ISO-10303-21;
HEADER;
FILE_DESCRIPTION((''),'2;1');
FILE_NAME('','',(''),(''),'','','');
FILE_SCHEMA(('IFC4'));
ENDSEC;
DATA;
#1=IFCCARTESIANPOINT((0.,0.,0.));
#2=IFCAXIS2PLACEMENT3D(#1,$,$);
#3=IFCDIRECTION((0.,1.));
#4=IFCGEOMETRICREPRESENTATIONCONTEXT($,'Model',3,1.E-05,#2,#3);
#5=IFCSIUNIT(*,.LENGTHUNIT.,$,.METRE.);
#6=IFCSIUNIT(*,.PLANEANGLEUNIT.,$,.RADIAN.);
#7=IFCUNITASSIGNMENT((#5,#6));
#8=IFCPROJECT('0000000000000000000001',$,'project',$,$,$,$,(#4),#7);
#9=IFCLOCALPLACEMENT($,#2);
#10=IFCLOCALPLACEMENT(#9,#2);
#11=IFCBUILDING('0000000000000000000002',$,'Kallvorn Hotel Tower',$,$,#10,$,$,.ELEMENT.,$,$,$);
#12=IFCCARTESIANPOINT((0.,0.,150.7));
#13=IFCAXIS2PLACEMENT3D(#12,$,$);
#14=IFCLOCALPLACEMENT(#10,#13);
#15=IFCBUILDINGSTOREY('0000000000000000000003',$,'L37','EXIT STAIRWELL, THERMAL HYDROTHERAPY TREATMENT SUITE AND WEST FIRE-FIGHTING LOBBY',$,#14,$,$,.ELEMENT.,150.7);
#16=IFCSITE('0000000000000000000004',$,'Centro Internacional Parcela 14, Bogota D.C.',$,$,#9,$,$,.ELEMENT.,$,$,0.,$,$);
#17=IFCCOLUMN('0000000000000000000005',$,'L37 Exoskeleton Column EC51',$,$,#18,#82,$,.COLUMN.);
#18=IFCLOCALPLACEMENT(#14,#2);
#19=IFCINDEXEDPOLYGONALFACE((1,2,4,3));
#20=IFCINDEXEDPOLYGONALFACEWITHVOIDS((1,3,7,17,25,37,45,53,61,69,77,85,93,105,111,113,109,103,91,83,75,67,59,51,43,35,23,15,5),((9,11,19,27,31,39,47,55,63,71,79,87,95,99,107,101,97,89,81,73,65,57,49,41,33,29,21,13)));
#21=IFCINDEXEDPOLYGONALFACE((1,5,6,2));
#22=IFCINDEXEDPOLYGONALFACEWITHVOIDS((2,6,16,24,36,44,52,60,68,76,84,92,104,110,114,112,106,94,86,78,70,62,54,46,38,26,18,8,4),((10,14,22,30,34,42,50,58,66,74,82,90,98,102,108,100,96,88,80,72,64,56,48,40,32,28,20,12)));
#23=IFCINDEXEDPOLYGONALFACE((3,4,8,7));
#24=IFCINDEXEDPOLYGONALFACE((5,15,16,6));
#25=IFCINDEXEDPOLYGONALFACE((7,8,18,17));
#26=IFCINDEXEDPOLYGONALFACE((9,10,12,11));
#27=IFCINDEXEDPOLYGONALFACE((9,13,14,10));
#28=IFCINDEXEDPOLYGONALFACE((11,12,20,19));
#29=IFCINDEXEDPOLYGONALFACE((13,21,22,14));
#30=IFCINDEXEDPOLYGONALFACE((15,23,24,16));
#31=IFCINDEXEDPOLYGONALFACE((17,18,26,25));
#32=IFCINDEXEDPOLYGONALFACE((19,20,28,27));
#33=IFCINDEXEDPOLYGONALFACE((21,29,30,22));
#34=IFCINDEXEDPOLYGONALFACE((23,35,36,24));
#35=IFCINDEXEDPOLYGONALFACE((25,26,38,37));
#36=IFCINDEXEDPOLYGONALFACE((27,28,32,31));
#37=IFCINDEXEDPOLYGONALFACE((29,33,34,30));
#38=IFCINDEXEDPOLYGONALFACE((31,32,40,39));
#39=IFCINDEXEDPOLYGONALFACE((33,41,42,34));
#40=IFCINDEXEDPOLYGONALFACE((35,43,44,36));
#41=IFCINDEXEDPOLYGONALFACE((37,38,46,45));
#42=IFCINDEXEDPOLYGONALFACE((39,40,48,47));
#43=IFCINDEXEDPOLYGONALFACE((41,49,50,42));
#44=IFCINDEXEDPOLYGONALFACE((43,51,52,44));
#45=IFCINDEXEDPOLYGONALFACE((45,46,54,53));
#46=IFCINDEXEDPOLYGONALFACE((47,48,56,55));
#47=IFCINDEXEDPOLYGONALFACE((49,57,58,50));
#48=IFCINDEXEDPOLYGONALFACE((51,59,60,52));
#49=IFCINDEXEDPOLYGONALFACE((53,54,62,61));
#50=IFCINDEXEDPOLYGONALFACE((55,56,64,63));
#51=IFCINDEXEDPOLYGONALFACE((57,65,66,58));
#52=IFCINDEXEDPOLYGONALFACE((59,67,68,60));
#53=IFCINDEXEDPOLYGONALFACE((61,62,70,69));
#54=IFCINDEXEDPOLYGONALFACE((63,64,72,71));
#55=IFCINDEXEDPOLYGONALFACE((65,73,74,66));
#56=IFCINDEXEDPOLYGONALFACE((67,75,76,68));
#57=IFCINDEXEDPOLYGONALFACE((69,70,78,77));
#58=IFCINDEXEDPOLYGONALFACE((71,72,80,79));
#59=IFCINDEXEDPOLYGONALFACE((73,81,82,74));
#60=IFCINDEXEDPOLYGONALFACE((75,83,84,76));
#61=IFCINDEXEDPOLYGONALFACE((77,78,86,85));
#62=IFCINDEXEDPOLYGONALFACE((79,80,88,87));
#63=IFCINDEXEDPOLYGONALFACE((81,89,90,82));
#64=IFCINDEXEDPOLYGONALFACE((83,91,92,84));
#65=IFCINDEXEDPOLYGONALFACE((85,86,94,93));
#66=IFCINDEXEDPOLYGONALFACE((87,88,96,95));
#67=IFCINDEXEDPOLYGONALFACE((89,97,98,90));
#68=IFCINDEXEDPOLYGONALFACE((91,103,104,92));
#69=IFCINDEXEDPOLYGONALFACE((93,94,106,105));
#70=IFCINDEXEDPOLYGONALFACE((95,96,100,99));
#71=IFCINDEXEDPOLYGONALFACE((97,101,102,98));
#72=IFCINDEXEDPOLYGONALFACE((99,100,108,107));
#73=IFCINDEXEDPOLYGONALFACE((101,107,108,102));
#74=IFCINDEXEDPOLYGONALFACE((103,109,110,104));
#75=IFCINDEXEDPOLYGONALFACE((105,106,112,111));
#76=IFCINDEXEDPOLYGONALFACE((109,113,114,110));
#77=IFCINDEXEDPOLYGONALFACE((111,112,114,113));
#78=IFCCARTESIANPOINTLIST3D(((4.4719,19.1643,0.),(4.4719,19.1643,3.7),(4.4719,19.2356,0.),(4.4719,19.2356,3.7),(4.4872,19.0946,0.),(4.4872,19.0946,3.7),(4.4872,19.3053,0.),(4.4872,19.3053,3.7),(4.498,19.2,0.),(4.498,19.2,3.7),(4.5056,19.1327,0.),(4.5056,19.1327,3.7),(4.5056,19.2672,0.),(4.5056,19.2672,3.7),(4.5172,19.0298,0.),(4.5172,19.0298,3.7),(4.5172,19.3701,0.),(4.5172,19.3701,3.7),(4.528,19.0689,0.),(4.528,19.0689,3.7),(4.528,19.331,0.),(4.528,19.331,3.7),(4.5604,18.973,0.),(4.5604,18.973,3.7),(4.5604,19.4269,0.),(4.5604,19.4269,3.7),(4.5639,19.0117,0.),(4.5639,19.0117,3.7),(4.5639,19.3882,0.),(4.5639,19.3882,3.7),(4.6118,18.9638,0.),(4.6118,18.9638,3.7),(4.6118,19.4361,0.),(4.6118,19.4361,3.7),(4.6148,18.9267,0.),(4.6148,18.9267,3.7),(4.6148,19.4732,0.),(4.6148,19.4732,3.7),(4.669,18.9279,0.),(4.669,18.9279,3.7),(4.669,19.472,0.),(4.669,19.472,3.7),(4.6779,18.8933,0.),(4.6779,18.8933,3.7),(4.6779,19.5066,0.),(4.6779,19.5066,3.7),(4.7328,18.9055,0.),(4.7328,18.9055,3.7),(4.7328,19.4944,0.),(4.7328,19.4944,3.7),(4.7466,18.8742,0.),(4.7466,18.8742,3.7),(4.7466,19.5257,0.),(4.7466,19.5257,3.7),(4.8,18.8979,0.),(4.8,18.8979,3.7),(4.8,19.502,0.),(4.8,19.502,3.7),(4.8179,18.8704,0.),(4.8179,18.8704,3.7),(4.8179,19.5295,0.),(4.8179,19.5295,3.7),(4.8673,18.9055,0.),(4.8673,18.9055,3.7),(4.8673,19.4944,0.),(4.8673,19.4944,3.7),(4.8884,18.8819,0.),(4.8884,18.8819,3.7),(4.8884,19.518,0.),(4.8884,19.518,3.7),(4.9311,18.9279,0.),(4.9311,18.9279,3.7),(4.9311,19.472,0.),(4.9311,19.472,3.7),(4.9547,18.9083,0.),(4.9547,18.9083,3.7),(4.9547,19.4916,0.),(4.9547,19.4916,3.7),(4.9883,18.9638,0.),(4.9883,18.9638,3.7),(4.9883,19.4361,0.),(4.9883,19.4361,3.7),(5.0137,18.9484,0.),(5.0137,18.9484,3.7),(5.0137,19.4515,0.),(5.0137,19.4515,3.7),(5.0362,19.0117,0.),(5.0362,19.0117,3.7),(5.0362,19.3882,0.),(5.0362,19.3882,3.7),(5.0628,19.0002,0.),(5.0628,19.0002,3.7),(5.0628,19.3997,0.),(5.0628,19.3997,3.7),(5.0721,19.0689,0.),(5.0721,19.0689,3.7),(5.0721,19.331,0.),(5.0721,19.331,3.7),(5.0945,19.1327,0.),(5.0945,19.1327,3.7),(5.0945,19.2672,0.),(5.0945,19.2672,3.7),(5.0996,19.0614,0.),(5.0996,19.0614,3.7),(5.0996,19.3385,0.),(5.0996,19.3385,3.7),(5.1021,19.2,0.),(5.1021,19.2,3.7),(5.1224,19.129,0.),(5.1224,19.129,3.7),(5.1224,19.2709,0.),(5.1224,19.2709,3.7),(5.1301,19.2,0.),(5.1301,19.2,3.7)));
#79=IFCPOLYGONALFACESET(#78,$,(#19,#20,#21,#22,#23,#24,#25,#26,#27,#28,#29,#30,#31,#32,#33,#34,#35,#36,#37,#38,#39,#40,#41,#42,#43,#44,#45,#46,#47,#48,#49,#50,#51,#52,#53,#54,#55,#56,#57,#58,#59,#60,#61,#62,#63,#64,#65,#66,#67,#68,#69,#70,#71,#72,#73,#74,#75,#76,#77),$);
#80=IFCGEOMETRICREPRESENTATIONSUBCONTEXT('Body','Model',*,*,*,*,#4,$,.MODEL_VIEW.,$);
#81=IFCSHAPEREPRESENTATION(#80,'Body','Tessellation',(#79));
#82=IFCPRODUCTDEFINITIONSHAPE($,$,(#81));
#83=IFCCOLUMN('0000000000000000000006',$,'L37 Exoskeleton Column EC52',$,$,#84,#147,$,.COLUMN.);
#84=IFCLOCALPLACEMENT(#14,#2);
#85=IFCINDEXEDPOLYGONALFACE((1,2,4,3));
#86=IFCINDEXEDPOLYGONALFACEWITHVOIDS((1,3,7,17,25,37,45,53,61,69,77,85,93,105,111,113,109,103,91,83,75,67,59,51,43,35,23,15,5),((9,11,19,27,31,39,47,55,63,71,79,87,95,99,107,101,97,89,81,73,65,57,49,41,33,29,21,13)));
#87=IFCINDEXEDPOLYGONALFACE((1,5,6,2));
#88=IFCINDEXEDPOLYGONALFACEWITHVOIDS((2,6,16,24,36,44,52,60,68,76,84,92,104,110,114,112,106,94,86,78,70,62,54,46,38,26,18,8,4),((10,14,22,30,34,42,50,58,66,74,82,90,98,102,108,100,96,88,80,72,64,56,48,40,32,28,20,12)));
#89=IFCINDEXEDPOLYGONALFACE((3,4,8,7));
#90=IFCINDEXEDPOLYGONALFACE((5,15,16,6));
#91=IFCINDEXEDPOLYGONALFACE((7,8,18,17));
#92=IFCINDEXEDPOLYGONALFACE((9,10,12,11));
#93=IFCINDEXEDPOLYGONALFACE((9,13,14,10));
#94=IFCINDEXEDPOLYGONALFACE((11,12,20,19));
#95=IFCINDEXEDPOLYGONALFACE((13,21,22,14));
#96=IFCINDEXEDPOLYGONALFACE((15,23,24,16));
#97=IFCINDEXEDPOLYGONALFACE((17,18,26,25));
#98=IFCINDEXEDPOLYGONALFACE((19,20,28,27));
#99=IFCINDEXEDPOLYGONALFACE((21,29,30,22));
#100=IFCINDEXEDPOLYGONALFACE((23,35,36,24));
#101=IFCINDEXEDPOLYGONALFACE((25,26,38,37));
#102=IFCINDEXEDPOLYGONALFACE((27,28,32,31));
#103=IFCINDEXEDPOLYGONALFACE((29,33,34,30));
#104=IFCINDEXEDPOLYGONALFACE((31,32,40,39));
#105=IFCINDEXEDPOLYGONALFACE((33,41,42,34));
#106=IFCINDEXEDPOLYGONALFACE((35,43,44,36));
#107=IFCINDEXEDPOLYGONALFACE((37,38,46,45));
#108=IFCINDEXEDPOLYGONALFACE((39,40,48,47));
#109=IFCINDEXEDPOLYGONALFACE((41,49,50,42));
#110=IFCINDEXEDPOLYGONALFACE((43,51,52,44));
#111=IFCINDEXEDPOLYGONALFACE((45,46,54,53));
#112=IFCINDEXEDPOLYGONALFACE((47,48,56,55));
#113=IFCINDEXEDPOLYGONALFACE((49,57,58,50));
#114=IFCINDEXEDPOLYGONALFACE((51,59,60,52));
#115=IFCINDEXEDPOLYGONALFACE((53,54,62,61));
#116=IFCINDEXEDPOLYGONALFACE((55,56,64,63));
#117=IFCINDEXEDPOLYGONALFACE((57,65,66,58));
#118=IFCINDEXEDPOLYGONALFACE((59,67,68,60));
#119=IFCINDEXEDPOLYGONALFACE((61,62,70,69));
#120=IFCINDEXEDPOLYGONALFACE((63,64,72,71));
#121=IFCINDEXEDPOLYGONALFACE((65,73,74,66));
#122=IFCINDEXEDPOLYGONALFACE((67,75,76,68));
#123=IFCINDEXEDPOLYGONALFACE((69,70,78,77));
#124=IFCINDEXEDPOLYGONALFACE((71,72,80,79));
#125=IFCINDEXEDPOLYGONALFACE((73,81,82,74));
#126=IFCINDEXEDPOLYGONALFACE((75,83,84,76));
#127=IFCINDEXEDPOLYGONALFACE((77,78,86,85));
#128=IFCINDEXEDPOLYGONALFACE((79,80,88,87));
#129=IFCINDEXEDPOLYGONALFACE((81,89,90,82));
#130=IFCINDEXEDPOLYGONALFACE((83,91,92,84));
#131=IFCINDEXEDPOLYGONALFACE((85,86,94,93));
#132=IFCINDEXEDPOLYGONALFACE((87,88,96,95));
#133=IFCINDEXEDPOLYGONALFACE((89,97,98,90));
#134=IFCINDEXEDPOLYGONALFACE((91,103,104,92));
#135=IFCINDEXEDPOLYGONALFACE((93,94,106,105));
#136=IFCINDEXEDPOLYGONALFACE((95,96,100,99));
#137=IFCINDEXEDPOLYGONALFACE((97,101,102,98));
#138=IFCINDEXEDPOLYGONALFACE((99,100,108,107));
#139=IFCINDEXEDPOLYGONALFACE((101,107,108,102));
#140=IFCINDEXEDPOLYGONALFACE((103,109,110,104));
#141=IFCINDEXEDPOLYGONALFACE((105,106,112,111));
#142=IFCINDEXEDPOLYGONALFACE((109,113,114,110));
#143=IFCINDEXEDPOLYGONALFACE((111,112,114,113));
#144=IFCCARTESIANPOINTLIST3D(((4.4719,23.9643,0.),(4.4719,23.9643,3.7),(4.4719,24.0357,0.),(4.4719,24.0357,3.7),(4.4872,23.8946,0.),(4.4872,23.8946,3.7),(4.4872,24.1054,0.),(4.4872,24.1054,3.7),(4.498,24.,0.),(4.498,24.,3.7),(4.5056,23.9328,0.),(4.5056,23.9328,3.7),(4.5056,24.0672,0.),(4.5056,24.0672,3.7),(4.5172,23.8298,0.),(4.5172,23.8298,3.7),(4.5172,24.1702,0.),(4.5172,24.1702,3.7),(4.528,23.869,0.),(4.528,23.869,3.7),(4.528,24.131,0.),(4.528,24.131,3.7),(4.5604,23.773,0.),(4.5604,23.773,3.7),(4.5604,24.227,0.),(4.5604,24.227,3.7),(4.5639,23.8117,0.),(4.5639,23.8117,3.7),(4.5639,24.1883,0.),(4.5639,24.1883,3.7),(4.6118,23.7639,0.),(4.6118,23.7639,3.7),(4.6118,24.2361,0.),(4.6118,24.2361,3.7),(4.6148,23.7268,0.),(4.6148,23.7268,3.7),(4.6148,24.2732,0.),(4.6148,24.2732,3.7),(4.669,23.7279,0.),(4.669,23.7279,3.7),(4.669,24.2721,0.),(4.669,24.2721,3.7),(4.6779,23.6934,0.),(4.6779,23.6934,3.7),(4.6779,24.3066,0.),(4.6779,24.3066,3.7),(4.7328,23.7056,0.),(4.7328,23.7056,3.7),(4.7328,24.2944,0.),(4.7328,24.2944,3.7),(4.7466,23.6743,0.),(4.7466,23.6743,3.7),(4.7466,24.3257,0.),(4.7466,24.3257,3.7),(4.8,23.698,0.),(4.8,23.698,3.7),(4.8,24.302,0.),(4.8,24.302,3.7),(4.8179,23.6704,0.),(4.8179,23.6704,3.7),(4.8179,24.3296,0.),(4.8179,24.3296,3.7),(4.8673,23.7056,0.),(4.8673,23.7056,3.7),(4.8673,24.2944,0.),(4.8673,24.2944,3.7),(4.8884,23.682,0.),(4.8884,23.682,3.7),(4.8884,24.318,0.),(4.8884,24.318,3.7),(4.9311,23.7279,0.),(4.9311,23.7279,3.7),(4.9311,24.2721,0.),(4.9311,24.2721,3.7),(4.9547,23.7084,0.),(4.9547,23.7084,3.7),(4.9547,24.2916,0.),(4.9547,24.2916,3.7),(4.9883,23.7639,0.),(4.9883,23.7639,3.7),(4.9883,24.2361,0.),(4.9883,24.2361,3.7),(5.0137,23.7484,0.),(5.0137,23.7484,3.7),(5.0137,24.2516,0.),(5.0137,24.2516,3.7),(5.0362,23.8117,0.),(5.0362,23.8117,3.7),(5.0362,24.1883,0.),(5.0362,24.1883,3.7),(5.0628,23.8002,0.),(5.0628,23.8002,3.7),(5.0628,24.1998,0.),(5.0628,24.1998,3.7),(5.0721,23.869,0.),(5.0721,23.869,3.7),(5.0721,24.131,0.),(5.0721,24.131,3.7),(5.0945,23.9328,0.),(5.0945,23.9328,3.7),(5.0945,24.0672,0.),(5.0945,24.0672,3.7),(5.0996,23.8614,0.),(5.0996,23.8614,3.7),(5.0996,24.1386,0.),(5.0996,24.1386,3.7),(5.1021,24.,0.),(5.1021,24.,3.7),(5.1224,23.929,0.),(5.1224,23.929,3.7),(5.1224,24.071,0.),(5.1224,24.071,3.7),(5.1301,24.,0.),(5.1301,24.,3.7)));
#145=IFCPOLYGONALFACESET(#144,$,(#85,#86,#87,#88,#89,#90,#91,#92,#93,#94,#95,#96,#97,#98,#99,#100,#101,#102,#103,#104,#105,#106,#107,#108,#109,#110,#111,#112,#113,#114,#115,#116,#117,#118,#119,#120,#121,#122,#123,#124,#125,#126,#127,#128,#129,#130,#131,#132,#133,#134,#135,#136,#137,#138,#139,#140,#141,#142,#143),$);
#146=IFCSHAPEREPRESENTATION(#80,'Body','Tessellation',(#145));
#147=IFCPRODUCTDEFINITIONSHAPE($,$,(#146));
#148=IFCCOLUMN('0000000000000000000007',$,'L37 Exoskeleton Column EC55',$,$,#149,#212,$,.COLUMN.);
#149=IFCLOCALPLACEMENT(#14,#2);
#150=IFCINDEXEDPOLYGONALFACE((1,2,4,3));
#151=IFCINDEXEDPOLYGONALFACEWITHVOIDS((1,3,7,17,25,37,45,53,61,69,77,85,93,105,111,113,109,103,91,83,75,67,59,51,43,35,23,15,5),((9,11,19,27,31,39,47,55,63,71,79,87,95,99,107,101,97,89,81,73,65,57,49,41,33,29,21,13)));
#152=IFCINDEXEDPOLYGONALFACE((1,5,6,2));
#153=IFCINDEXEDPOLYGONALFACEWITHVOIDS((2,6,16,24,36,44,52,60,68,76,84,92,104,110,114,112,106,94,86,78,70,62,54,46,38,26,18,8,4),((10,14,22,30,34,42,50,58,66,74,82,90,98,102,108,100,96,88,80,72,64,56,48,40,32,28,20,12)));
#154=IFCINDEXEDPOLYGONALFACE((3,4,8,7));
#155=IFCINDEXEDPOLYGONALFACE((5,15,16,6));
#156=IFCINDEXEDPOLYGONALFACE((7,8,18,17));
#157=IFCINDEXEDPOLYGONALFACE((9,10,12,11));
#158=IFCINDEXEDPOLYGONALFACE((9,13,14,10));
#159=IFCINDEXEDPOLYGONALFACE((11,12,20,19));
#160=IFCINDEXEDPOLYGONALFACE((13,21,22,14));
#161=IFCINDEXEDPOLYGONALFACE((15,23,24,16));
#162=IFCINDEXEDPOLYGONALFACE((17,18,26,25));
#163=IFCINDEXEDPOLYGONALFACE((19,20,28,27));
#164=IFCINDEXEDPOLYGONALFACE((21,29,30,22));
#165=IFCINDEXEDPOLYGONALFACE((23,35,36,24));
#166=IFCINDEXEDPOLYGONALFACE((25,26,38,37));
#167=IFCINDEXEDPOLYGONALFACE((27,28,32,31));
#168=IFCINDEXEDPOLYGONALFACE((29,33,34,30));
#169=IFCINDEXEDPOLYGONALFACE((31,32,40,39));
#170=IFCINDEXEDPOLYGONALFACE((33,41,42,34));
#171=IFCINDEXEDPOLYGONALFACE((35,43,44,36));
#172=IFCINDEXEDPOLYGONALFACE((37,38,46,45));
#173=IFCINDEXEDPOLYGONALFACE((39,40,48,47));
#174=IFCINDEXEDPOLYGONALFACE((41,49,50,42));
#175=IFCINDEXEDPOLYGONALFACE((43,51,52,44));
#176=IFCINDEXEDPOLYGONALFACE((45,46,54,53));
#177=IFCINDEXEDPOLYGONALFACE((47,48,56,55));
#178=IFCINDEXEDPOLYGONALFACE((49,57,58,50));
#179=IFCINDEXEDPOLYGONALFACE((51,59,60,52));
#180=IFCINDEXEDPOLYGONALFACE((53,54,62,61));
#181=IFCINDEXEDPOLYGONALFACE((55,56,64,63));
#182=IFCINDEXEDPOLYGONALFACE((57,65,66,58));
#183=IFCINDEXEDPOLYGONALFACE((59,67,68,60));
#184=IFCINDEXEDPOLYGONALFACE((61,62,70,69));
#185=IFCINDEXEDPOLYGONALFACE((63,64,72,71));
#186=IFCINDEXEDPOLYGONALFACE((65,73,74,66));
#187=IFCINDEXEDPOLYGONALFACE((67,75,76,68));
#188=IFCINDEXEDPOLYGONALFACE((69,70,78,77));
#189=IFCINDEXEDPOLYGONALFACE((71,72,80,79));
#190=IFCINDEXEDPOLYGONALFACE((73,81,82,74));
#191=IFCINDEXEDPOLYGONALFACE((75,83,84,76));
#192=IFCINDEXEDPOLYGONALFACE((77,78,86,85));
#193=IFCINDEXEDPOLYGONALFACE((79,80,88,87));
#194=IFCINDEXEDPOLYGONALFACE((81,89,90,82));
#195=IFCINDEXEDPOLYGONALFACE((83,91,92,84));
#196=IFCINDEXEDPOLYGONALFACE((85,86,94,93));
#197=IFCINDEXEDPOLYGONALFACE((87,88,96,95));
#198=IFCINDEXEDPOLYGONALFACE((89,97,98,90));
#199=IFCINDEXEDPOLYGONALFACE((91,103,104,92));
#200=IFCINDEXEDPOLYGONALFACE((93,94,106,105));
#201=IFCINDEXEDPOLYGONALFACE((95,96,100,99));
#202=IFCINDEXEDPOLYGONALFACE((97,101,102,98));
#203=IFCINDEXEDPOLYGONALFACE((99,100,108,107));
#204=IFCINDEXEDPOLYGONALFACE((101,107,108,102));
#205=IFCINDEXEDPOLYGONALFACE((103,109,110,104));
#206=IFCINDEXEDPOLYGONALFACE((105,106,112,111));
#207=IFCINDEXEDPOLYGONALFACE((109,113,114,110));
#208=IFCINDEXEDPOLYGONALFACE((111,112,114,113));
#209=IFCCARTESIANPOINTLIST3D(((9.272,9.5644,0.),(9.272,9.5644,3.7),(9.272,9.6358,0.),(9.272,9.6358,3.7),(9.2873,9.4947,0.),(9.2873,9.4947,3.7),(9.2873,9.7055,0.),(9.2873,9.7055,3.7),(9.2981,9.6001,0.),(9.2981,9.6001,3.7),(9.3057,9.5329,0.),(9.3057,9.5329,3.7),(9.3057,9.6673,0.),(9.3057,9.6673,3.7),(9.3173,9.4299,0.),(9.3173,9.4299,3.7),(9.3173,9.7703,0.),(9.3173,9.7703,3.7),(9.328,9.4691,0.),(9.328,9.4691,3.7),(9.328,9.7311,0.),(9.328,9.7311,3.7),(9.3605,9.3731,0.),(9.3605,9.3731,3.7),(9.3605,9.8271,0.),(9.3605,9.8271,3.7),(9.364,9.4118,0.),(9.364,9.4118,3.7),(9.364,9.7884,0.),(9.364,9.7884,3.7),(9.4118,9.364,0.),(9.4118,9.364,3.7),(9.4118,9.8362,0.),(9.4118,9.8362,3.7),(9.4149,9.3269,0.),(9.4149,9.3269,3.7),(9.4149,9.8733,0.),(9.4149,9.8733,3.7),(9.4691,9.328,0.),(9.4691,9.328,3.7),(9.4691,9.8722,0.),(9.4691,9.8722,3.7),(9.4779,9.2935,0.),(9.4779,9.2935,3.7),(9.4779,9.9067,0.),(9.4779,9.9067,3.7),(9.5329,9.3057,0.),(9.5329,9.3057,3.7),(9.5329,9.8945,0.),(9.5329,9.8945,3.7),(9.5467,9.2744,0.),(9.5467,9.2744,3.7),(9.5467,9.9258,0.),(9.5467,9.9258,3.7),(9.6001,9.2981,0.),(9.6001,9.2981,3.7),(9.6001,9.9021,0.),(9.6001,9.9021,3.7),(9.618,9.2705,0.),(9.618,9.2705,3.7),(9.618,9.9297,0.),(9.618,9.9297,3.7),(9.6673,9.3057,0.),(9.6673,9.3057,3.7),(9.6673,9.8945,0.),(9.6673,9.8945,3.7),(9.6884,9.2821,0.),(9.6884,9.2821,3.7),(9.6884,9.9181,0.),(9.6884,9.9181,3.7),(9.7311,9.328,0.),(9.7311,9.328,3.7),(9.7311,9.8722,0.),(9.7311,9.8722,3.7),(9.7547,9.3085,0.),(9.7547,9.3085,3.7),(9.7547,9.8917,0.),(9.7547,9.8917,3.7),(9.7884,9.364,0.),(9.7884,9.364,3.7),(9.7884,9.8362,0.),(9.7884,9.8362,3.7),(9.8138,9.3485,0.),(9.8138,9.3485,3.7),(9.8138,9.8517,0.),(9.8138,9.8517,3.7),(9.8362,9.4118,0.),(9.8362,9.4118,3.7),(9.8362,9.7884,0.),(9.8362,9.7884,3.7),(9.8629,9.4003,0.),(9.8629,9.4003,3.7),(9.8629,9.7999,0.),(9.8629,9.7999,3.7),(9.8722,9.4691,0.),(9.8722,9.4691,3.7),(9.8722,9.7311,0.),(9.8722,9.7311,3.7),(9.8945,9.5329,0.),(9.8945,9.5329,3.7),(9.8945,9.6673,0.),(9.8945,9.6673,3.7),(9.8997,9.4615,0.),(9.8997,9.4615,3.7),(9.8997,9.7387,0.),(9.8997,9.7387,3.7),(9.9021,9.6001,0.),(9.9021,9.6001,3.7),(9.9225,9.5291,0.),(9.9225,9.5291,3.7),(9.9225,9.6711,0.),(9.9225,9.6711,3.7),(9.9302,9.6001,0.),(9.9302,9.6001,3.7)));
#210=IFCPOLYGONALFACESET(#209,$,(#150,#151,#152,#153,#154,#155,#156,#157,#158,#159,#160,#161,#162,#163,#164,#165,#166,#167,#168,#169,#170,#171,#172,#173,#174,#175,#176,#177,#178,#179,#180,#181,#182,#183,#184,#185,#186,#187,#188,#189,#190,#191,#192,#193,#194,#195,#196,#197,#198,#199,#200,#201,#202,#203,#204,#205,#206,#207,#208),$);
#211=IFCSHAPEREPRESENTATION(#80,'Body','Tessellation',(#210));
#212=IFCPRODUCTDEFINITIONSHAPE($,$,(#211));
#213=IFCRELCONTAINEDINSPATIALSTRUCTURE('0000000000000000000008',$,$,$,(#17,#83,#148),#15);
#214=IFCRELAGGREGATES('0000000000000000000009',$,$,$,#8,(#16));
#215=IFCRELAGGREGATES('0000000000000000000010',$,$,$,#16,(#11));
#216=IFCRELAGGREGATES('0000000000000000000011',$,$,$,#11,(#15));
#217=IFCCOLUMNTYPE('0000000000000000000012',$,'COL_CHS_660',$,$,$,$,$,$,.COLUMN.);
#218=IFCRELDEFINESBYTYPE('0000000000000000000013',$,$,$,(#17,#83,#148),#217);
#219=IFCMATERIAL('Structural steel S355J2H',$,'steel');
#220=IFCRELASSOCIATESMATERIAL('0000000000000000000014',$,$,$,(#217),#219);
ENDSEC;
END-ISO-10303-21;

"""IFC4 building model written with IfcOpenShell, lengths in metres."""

from ifc_helpers import new_model, si_unit, direction, frame, origin, origin_2d, place, context, subcontext, project, spatial, hollow_circle, extrude, material, material_profile, profile_set, type_object, element, save


model = new_model("IFC4")

# Units and contexts
model_context = context("Model", 3, precision=1e-05, world=origin(), true_north=direction((0.0, 1.0)))
body_context = subcontext(model_context, "Body", "Model", "MODEL_VIEW")
ifc_project = project(units=[si_unit("LENGTHUNIT", "METRE"), si_unit("PLANEANGLEUNIT", "RADIAN")], contexts=[model_context])

# Site, building, storey
site_placement = place(None, origin())
site = spatial("IfcSite", under=ifc_project, at=site_placement, Name="Centro Internacional Parcela 14, Bogota D.C.", CompositionType="ELEMENT", RefElevation=0.0)
building_placement = place(site_placement, origin())
building = spatial("IfcBuilding", under=site, at=building_placement, Name="Kallvorn Hotel Tower", CompositionType="ELEMENT")
storey_placement = place(building_placement, frame((0.0, 0.0, 150.7)))
storey = spatial("IfcBuildingStorey", under=building, at=storey_placement, Name="L37", Description="EXIT STAIRWELL, THERMAL HYDROTHERAPY TREATMENT SUITE AND WEST FIRE-FIGHTING LOBBY", CompositionType="ELEMENT", Elevation=150.7)

# Columns
ifc_material_1 = material(Name="Structural steel S355J2H", Category="steel")
ifc_material_profile_1 = material_profile(ifc_material_1, hollow_circle(Radius=0.3301, WallThickness=0.0281, at=origin_2d()), Name="CHS 660x28")
ifc_profile_set_1 = profile_set([ifc_material_profile_1], Name="Structural steel S355J2H")
column_type_1 = type_object("IfcColumnType", Name="COL_CHS_660", PredefinedType="COLUMN", material=ifc_profile_set_1)
for number, where, z_axis, x_axis, name in (
    (1, (4.8, 19.2, 0.0), (0.0, 0.0, 1.0), (1.0, 0.0, 0.0), "L37 Exoskeleton Column EC51"),
    (2, (4.8, 24.0, 0.0), (0.0, 0.0, 1.0), (1.0, 0.0, 0.0), "L37 Exoskeleton Column EC52"),
    (3, (9.6001, 9.6001, 0.0), (0.0, 0.0, 1.0), (1.0, 0.0, 0.0), "L37 Exoskeleton Column EC55"),
):
    element("IfcColumn", number, at=place(storey_placement, frame(where, z_axis=z_axis, x_axis=x_axis)), inside=storey, type_object=column_type_1, Name=name, PredefinedType="COLUMN", context=body_context, shape_type="SweptSolid", body=[
        extrude(hollow_circle(Radius=0.3301, WallThickness=0.0281, at=origin_2d()), origin(), (0.0, 0.0, 1.0), 3.7),
    ])

save(model, "model.ifc")
